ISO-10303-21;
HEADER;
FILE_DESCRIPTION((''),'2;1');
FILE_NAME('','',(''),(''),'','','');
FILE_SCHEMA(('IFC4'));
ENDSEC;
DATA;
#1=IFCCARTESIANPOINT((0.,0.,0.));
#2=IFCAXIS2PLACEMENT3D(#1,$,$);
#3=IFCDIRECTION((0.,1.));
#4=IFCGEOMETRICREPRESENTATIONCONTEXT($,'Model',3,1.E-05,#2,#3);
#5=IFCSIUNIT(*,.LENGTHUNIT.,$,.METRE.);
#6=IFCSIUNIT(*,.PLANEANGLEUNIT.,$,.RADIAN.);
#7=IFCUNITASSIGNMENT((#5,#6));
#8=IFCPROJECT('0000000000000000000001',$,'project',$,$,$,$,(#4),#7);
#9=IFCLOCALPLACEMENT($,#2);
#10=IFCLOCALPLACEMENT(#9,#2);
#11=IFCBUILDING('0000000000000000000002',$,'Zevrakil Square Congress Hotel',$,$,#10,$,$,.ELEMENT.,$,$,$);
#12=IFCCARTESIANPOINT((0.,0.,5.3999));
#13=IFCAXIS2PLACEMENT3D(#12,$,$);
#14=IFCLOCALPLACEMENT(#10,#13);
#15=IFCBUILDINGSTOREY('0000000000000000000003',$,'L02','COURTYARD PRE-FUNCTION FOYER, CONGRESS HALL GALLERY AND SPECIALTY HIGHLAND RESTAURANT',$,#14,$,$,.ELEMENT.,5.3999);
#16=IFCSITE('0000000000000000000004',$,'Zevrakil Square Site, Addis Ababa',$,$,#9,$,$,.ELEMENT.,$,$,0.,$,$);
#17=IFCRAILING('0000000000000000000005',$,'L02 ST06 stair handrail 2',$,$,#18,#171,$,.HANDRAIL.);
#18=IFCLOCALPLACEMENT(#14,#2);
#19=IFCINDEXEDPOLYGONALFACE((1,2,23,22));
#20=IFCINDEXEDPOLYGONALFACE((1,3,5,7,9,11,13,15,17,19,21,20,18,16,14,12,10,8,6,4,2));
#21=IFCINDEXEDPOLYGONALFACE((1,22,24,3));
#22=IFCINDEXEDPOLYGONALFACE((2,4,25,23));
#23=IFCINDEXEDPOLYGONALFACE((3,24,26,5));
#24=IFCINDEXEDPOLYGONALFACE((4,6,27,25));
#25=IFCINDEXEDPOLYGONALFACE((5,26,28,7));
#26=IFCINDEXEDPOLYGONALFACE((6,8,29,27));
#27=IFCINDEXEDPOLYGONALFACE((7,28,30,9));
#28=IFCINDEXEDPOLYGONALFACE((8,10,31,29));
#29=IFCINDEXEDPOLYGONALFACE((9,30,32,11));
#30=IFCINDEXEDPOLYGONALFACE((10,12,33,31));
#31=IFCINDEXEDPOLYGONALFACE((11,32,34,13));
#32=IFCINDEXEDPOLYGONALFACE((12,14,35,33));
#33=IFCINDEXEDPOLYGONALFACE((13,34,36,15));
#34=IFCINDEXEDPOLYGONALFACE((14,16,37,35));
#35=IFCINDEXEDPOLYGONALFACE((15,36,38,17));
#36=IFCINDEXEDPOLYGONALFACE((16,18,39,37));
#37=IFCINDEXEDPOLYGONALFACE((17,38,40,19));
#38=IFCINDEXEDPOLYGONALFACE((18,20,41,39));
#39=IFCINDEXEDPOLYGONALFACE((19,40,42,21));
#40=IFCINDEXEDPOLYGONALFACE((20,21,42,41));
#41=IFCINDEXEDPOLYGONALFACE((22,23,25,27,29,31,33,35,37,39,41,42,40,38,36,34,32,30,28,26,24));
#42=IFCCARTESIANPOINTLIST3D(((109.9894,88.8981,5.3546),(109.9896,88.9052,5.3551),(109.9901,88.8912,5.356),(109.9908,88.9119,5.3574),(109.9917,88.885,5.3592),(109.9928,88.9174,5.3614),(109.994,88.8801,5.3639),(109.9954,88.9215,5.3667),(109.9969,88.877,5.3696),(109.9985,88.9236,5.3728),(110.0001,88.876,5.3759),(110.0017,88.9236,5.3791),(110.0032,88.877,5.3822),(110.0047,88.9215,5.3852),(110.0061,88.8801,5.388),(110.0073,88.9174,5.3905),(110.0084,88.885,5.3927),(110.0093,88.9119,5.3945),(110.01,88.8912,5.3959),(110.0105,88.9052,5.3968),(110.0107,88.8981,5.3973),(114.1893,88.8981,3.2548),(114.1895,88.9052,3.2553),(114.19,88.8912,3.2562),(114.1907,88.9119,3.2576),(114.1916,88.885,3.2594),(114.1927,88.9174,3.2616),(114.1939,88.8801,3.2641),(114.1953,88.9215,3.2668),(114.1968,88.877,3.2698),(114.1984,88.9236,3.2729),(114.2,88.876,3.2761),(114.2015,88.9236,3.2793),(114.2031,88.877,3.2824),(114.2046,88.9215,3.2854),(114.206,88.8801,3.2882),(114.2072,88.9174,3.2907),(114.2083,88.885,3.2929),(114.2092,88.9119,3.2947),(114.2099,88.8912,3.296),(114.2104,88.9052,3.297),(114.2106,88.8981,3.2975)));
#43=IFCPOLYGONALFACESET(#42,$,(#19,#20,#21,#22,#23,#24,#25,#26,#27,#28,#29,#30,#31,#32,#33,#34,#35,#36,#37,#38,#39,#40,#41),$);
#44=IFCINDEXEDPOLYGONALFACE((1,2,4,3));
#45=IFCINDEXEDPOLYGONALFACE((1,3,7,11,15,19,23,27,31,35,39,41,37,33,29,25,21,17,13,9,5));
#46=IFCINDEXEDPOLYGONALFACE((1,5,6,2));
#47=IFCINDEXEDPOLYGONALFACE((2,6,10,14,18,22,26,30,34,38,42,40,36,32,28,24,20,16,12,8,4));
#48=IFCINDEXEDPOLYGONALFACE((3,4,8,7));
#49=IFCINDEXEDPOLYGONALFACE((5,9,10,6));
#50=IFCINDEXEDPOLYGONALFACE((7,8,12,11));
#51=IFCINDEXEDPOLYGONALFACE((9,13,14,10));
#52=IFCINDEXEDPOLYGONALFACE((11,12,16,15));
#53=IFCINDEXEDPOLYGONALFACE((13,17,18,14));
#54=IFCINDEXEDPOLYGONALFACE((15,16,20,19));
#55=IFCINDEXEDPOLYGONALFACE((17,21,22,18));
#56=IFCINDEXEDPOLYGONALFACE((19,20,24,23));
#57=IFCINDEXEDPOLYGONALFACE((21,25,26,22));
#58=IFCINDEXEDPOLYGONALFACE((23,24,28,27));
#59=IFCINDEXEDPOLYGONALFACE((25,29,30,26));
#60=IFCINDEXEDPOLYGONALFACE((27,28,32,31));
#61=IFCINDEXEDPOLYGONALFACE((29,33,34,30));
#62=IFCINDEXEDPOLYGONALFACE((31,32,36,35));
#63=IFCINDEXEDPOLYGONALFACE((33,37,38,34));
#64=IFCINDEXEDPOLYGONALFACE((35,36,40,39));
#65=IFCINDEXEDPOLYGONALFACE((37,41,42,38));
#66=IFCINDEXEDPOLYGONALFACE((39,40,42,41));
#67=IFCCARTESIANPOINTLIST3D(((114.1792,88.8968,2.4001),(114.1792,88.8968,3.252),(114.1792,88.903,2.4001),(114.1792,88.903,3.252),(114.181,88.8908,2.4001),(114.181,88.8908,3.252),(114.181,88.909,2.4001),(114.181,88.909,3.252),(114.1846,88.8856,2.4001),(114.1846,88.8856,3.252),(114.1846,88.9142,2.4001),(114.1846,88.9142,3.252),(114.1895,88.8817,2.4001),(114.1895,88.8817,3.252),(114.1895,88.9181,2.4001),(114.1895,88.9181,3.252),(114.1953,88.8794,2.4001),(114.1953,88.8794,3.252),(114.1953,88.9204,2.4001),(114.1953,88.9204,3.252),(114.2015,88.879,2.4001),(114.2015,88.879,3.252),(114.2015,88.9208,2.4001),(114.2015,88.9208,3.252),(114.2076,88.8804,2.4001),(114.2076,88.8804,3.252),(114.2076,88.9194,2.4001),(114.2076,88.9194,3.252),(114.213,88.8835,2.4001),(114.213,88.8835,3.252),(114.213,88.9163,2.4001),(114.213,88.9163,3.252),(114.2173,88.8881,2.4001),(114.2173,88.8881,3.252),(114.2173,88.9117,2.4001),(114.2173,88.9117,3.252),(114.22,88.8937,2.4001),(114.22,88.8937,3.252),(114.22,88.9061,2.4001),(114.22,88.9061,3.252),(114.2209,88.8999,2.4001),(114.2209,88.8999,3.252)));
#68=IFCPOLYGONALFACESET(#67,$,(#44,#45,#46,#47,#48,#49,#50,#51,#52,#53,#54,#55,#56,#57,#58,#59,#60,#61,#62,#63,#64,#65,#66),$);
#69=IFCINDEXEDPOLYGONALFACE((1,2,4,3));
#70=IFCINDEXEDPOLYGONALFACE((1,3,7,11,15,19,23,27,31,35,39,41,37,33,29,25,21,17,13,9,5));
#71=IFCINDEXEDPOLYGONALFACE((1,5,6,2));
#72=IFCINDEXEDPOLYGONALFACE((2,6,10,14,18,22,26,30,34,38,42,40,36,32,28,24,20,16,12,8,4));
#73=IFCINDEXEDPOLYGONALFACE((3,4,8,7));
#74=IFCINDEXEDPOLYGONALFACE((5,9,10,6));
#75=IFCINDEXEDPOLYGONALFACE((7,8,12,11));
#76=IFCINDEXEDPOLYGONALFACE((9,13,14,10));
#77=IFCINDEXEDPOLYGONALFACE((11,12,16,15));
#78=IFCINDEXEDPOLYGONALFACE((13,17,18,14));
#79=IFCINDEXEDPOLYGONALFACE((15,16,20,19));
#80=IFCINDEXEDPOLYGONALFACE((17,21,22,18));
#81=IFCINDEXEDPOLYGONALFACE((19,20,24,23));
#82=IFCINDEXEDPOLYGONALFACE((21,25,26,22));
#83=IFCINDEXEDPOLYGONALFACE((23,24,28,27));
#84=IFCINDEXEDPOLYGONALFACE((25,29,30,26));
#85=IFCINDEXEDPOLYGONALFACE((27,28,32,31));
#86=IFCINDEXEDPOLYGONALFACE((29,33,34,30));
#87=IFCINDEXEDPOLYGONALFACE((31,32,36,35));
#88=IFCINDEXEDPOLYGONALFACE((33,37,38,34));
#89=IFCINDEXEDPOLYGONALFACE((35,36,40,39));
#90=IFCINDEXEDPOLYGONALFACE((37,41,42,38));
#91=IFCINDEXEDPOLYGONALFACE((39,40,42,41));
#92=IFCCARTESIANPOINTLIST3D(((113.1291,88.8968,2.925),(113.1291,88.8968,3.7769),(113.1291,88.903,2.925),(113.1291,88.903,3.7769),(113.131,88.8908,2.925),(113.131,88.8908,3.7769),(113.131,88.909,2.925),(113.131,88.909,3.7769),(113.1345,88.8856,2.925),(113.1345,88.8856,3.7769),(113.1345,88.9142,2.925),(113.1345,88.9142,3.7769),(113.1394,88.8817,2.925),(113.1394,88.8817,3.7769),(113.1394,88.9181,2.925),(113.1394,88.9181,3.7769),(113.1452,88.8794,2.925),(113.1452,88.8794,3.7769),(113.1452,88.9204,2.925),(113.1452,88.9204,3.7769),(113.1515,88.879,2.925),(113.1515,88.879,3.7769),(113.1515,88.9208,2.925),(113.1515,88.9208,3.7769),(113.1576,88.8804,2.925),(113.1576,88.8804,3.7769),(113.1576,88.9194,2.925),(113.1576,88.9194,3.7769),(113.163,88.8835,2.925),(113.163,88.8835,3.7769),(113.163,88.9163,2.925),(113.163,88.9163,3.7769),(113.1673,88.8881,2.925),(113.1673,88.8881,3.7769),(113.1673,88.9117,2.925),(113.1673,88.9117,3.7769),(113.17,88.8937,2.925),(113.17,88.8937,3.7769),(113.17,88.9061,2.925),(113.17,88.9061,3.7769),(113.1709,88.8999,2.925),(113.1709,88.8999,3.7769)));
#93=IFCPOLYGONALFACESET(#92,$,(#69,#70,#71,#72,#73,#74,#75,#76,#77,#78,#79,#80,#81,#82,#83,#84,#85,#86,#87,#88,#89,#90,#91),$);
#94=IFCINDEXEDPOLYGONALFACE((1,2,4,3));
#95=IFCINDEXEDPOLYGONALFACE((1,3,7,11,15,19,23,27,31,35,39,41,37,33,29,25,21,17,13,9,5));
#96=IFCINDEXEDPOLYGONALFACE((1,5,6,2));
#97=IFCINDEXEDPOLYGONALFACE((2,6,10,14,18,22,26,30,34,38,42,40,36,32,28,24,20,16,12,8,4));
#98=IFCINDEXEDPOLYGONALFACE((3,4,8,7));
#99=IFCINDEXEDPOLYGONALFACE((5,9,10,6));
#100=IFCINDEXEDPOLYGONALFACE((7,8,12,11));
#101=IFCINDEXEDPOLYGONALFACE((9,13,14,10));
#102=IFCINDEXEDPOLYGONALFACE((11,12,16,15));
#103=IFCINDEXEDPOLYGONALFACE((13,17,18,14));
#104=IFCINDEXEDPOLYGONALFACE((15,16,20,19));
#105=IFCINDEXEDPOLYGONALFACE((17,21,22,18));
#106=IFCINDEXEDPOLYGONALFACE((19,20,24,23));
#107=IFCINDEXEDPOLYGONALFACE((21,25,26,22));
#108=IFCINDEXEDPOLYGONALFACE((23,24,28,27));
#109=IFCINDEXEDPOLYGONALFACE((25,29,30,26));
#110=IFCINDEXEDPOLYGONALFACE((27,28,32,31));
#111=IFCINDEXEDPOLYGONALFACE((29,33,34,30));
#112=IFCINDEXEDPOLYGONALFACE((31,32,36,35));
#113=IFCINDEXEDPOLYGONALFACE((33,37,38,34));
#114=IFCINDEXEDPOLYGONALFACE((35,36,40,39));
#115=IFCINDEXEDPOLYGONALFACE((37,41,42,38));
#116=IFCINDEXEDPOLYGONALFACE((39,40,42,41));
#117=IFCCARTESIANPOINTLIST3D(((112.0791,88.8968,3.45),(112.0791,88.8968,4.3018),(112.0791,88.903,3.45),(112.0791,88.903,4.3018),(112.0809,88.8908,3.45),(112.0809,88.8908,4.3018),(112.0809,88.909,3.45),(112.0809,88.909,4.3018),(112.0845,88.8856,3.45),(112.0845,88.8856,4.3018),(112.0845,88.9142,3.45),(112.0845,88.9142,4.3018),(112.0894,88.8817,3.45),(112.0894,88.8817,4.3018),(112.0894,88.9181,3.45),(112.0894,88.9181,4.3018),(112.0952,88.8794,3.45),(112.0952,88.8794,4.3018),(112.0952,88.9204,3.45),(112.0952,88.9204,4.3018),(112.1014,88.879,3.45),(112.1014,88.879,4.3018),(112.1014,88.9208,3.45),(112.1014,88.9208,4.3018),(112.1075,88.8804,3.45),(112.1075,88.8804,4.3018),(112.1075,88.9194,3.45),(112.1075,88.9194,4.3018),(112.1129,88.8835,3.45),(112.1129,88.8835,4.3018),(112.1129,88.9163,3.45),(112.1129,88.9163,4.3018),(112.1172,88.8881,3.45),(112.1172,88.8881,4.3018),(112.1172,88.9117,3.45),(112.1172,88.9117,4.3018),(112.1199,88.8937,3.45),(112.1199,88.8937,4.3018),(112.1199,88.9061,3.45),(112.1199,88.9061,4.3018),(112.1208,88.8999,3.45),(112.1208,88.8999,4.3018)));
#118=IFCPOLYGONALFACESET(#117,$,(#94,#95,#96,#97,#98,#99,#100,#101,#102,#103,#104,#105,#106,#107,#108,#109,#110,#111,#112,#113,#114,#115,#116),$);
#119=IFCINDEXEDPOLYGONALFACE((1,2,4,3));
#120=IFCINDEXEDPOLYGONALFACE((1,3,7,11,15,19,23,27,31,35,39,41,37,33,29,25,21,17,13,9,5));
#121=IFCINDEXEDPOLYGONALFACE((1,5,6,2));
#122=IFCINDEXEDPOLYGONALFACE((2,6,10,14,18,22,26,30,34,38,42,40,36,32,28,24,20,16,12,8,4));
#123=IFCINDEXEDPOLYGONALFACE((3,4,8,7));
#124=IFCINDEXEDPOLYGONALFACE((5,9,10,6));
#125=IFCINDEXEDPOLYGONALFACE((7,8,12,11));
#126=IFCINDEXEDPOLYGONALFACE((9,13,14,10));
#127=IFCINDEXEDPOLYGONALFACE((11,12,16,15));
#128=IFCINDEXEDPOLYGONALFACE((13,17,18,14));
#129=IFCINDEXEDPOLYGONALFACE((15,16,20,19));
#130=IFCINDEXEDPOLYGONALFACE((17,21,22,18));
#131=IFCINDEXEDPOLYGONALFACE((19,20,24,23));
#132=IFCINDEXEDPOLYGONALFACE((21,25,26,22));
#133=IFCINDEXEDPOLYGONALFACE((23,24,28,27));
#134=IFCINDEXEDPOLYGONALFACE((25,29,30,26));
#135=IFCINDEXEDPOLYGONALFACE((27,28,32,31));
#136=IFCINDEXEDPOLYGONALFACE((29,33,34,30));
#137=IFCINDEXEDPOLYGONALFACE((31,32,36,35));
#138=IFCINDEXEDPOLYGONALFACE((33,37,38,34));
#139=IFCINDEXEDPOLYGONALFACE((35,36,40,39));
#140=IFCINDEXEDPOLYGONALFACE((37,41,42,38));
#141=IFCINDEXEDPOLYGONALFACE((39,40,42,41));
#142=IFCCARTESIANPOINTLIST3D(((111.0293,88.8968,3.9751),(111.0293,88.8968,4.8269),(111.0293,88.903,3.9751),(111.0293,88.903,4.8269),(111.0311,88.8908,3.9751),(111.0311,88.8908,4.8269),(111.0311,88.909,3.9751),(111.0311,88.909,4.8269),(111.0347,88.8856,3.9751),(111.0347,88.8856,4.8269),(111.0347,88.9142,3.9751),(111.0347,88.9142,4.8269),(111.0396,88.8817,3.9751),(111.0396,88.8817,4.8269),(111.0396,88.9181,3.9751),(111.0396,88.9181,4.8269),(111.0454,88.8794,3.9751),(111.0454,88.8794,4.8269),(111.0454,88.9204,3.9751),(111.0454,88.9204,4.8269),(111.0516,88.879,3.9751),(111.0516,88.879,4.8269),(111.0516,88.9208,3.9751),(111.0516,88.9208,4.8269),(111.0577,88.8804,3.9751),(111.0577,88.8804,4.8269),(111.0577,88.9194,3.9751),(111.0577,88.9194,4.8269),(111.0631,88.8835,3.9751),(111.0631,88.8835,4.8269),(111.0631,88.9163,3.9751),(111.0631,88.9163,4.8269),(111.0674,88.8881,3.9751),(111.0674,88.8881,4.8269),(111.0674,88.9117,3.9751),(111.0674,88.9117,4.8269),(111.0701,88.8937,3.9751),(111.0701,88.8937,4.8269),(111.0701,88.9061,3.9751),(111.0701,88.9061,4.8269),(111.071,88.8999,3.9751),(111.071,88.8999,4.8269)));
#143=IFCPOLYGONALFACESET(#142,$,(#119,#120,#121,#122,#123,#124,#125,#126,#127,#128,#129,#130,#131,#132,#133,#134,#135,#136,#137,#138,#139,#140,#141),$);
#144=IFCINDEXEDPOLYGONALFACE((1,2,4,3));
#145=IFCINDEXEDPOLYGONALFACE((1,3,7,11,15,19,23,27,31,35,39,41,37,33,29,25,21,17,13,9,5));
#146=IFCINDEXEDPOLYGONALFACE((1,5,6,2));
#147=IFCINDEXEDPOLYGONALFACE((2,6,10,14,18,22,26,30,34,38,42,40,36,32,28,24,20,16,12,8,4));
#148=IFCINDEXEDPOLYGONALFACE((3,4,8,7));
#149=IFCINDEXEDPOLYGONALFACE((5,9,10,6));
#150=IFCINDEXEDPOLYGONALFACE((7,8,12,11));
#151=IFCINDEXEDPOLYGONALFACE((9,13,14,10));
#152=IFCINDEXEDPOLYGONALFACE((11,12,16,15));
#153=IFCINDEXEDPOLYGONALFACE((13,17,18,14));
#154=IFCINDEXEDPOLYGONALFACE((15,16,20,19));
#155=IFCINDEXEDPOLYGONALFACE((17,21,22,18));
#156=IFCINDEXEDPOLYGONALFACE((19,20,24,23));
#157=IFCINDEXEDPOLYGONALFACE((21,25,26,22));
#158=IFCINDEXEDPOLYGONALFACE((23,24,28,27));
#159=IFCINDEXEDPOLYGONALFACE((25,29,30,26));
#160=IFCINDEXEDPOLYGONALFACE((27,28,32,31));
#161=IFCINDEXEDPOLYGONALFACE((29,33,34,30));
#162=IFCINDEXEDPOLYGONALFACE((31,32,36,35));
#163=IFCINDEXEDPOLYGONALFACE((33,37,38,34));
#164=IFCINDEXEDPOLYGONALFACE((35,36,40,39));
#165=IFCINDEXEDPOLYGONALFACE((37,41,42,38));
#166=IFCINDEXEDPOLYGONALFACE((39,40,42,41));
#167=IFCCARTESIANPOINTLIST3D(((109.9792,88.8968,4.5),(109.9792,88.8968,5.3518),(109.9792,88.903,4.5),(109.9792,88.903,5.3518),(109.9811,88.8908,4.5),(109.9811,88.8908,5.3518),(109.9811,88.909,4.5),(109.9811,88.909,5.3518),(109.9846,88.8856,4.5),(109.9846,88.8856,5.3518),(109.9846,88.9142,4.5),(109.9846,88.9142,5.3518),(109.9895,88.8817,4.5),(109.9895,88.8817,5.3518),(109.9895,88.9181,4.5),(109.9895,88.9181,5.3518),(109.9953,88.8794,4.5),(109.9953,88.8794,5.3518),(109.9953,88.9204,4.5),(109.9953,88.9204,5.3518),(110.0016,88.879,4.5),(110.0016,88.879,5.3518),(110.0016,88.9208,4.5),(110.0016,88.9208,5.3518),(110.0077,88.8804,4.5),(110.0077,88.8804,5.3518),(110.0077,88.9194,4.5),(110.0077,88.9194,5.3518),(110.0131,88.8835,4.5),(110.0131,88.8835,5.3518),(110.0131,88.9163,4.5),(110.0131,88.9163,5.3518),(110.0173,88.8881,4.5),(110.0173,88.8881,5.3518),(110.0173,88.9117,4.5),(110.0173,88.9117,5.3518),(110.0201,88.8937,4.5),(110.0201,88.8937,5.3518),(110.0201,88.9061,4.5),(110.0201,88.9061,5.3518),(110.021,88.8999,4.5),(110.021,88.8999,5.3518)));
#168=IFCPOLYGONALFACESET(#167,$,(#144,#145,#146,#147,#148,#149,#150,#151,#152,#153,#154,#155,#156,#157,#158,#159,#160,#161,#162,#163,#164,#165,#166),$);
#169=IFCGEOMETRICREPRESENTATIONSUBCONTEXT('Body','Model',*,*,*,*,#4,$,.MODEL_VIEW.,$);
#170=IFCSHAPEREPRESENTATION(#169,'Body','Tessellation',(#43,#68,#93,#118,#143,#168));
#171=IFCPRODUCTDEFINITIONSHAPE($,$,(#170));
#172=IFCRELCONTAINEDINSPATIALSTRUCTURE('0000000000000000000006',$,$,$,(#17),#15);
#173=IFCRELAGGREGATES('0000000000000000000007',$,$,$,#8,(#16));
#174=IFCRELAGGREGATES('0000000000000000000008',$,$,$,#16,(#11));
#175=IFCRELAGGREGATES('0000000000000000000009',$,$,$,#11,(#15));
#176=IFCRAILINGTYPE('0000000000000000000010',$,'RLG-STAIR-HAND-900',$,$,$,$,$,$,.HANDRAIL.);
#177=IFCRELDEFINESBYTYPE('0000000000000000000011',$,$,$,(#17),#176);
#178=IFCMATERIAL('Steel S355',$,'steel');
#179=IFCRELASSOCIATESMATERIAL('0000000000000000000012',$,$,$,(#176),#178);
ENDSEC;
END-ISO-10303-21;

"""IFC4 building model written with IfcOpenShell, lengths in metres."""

from ifc_helpers import new_model, si_unit, direction, frame, origin, origin_2d, place, context, subcontext, project, spatial, circle, extrude, material, type_object, element, save


model = new_model("IFC4")

# Units and contexts
model_context = context("Model", 3, precision=1e-05, world=origin(), true_north=direction((0.0, 1.0)))
body_context = subcontext(model_context, "Body", "Model", "MODEL_VIEW")
ifc_project = project(units=[si_unit("LENGTHUNIT", "METRE"), si_unit("PLANEANGLEUNIT", "RADIAN")], contexts=[model_context])

# Site, building, storey
site_placement = place(None, origin())
site = spatial("IfcSite", under=ifc_project, at=site_placement, Name="Zevrakil Square Site, Addis Ababa", CompositionType="ELEMENT", RefElevation=0.0)
building_placement = place(site_placement, origin())
building = spatial("IfcBuilding", under=site, at=building_placement, Name="Zevrakil Square Congress Hotel", CompositionType="ELEMENT")
storey_placement = place(building_placement, frame((0.0, 0.0, 5.3999)))
storey = spatial("IfcBuildingStorey", under=building, at=storey_placement, Name="L02", Description="COURTYARD PRE-FUNCTION FOYER, CONGRESS HALL GALLERY AND SPECIALTY HIGHLAND RESTAURANT", CompositionType="ELEMENT", Elevation=5.3999)

# Railing
ifc_material_1 = material(Name="Steel S355", Category="steel")
railing_type_1 = type_object("IfcRailingType", Name="RLG-STAIR-HAND-900", PredefinedType="HANDRAIL", material=ifc_material_1)
railing_1_placement = place(storey_placement, frame((114.2, 88.8999, 2.4001)))
element("IfcRailing", 1, at=railing_1_placement, inside=storey, type_object=railing_type_1, Name="L02 ST06 stair handrail 2", PredefinedType="HANDRAIL", context=body_context, shape_type="SweptSolid", body=[
    extrude(circle(Radius=0.0239, at=origin_2d()), frame((0.0, 0.0, 0.876), z_axis=(-0.894438, 0.0, 0.447193), x_axis=(0.0, -1.0, 0.0)), (0.0, 0.0, 1.0), 4.6956),
    extrude(circle(Radius=0.021, at=origin_2d()), origin(), (0.0, 0.0, 1.0), 0.8518),
    extrude(circle(Radius=0.021, at=origin_2d()), frame((-1.05, 0.0, 0.5249)), (0.0, 0.0, 1.0), 0.8518),
    extrude(circle(Radius=0.021, at=origin_2d()), frame((-2.1001, 0.0, 1.0498)), (0.0, 0.0, 1.0), 0.8518),
    extrude(circle(Radius=0.021, at=origin_2d()), frame((-3.1499, 0.0, 1.575)), (0.0, 0.0, 1.0), 0.8518),
    extrude(circle(Radius=0.021, at=origin_2d()), frame((-4.2, 0.0, 2.0999)), (0.0, 0.0, 1.0), 0.8518),
])

save(model, "model.ifc")
